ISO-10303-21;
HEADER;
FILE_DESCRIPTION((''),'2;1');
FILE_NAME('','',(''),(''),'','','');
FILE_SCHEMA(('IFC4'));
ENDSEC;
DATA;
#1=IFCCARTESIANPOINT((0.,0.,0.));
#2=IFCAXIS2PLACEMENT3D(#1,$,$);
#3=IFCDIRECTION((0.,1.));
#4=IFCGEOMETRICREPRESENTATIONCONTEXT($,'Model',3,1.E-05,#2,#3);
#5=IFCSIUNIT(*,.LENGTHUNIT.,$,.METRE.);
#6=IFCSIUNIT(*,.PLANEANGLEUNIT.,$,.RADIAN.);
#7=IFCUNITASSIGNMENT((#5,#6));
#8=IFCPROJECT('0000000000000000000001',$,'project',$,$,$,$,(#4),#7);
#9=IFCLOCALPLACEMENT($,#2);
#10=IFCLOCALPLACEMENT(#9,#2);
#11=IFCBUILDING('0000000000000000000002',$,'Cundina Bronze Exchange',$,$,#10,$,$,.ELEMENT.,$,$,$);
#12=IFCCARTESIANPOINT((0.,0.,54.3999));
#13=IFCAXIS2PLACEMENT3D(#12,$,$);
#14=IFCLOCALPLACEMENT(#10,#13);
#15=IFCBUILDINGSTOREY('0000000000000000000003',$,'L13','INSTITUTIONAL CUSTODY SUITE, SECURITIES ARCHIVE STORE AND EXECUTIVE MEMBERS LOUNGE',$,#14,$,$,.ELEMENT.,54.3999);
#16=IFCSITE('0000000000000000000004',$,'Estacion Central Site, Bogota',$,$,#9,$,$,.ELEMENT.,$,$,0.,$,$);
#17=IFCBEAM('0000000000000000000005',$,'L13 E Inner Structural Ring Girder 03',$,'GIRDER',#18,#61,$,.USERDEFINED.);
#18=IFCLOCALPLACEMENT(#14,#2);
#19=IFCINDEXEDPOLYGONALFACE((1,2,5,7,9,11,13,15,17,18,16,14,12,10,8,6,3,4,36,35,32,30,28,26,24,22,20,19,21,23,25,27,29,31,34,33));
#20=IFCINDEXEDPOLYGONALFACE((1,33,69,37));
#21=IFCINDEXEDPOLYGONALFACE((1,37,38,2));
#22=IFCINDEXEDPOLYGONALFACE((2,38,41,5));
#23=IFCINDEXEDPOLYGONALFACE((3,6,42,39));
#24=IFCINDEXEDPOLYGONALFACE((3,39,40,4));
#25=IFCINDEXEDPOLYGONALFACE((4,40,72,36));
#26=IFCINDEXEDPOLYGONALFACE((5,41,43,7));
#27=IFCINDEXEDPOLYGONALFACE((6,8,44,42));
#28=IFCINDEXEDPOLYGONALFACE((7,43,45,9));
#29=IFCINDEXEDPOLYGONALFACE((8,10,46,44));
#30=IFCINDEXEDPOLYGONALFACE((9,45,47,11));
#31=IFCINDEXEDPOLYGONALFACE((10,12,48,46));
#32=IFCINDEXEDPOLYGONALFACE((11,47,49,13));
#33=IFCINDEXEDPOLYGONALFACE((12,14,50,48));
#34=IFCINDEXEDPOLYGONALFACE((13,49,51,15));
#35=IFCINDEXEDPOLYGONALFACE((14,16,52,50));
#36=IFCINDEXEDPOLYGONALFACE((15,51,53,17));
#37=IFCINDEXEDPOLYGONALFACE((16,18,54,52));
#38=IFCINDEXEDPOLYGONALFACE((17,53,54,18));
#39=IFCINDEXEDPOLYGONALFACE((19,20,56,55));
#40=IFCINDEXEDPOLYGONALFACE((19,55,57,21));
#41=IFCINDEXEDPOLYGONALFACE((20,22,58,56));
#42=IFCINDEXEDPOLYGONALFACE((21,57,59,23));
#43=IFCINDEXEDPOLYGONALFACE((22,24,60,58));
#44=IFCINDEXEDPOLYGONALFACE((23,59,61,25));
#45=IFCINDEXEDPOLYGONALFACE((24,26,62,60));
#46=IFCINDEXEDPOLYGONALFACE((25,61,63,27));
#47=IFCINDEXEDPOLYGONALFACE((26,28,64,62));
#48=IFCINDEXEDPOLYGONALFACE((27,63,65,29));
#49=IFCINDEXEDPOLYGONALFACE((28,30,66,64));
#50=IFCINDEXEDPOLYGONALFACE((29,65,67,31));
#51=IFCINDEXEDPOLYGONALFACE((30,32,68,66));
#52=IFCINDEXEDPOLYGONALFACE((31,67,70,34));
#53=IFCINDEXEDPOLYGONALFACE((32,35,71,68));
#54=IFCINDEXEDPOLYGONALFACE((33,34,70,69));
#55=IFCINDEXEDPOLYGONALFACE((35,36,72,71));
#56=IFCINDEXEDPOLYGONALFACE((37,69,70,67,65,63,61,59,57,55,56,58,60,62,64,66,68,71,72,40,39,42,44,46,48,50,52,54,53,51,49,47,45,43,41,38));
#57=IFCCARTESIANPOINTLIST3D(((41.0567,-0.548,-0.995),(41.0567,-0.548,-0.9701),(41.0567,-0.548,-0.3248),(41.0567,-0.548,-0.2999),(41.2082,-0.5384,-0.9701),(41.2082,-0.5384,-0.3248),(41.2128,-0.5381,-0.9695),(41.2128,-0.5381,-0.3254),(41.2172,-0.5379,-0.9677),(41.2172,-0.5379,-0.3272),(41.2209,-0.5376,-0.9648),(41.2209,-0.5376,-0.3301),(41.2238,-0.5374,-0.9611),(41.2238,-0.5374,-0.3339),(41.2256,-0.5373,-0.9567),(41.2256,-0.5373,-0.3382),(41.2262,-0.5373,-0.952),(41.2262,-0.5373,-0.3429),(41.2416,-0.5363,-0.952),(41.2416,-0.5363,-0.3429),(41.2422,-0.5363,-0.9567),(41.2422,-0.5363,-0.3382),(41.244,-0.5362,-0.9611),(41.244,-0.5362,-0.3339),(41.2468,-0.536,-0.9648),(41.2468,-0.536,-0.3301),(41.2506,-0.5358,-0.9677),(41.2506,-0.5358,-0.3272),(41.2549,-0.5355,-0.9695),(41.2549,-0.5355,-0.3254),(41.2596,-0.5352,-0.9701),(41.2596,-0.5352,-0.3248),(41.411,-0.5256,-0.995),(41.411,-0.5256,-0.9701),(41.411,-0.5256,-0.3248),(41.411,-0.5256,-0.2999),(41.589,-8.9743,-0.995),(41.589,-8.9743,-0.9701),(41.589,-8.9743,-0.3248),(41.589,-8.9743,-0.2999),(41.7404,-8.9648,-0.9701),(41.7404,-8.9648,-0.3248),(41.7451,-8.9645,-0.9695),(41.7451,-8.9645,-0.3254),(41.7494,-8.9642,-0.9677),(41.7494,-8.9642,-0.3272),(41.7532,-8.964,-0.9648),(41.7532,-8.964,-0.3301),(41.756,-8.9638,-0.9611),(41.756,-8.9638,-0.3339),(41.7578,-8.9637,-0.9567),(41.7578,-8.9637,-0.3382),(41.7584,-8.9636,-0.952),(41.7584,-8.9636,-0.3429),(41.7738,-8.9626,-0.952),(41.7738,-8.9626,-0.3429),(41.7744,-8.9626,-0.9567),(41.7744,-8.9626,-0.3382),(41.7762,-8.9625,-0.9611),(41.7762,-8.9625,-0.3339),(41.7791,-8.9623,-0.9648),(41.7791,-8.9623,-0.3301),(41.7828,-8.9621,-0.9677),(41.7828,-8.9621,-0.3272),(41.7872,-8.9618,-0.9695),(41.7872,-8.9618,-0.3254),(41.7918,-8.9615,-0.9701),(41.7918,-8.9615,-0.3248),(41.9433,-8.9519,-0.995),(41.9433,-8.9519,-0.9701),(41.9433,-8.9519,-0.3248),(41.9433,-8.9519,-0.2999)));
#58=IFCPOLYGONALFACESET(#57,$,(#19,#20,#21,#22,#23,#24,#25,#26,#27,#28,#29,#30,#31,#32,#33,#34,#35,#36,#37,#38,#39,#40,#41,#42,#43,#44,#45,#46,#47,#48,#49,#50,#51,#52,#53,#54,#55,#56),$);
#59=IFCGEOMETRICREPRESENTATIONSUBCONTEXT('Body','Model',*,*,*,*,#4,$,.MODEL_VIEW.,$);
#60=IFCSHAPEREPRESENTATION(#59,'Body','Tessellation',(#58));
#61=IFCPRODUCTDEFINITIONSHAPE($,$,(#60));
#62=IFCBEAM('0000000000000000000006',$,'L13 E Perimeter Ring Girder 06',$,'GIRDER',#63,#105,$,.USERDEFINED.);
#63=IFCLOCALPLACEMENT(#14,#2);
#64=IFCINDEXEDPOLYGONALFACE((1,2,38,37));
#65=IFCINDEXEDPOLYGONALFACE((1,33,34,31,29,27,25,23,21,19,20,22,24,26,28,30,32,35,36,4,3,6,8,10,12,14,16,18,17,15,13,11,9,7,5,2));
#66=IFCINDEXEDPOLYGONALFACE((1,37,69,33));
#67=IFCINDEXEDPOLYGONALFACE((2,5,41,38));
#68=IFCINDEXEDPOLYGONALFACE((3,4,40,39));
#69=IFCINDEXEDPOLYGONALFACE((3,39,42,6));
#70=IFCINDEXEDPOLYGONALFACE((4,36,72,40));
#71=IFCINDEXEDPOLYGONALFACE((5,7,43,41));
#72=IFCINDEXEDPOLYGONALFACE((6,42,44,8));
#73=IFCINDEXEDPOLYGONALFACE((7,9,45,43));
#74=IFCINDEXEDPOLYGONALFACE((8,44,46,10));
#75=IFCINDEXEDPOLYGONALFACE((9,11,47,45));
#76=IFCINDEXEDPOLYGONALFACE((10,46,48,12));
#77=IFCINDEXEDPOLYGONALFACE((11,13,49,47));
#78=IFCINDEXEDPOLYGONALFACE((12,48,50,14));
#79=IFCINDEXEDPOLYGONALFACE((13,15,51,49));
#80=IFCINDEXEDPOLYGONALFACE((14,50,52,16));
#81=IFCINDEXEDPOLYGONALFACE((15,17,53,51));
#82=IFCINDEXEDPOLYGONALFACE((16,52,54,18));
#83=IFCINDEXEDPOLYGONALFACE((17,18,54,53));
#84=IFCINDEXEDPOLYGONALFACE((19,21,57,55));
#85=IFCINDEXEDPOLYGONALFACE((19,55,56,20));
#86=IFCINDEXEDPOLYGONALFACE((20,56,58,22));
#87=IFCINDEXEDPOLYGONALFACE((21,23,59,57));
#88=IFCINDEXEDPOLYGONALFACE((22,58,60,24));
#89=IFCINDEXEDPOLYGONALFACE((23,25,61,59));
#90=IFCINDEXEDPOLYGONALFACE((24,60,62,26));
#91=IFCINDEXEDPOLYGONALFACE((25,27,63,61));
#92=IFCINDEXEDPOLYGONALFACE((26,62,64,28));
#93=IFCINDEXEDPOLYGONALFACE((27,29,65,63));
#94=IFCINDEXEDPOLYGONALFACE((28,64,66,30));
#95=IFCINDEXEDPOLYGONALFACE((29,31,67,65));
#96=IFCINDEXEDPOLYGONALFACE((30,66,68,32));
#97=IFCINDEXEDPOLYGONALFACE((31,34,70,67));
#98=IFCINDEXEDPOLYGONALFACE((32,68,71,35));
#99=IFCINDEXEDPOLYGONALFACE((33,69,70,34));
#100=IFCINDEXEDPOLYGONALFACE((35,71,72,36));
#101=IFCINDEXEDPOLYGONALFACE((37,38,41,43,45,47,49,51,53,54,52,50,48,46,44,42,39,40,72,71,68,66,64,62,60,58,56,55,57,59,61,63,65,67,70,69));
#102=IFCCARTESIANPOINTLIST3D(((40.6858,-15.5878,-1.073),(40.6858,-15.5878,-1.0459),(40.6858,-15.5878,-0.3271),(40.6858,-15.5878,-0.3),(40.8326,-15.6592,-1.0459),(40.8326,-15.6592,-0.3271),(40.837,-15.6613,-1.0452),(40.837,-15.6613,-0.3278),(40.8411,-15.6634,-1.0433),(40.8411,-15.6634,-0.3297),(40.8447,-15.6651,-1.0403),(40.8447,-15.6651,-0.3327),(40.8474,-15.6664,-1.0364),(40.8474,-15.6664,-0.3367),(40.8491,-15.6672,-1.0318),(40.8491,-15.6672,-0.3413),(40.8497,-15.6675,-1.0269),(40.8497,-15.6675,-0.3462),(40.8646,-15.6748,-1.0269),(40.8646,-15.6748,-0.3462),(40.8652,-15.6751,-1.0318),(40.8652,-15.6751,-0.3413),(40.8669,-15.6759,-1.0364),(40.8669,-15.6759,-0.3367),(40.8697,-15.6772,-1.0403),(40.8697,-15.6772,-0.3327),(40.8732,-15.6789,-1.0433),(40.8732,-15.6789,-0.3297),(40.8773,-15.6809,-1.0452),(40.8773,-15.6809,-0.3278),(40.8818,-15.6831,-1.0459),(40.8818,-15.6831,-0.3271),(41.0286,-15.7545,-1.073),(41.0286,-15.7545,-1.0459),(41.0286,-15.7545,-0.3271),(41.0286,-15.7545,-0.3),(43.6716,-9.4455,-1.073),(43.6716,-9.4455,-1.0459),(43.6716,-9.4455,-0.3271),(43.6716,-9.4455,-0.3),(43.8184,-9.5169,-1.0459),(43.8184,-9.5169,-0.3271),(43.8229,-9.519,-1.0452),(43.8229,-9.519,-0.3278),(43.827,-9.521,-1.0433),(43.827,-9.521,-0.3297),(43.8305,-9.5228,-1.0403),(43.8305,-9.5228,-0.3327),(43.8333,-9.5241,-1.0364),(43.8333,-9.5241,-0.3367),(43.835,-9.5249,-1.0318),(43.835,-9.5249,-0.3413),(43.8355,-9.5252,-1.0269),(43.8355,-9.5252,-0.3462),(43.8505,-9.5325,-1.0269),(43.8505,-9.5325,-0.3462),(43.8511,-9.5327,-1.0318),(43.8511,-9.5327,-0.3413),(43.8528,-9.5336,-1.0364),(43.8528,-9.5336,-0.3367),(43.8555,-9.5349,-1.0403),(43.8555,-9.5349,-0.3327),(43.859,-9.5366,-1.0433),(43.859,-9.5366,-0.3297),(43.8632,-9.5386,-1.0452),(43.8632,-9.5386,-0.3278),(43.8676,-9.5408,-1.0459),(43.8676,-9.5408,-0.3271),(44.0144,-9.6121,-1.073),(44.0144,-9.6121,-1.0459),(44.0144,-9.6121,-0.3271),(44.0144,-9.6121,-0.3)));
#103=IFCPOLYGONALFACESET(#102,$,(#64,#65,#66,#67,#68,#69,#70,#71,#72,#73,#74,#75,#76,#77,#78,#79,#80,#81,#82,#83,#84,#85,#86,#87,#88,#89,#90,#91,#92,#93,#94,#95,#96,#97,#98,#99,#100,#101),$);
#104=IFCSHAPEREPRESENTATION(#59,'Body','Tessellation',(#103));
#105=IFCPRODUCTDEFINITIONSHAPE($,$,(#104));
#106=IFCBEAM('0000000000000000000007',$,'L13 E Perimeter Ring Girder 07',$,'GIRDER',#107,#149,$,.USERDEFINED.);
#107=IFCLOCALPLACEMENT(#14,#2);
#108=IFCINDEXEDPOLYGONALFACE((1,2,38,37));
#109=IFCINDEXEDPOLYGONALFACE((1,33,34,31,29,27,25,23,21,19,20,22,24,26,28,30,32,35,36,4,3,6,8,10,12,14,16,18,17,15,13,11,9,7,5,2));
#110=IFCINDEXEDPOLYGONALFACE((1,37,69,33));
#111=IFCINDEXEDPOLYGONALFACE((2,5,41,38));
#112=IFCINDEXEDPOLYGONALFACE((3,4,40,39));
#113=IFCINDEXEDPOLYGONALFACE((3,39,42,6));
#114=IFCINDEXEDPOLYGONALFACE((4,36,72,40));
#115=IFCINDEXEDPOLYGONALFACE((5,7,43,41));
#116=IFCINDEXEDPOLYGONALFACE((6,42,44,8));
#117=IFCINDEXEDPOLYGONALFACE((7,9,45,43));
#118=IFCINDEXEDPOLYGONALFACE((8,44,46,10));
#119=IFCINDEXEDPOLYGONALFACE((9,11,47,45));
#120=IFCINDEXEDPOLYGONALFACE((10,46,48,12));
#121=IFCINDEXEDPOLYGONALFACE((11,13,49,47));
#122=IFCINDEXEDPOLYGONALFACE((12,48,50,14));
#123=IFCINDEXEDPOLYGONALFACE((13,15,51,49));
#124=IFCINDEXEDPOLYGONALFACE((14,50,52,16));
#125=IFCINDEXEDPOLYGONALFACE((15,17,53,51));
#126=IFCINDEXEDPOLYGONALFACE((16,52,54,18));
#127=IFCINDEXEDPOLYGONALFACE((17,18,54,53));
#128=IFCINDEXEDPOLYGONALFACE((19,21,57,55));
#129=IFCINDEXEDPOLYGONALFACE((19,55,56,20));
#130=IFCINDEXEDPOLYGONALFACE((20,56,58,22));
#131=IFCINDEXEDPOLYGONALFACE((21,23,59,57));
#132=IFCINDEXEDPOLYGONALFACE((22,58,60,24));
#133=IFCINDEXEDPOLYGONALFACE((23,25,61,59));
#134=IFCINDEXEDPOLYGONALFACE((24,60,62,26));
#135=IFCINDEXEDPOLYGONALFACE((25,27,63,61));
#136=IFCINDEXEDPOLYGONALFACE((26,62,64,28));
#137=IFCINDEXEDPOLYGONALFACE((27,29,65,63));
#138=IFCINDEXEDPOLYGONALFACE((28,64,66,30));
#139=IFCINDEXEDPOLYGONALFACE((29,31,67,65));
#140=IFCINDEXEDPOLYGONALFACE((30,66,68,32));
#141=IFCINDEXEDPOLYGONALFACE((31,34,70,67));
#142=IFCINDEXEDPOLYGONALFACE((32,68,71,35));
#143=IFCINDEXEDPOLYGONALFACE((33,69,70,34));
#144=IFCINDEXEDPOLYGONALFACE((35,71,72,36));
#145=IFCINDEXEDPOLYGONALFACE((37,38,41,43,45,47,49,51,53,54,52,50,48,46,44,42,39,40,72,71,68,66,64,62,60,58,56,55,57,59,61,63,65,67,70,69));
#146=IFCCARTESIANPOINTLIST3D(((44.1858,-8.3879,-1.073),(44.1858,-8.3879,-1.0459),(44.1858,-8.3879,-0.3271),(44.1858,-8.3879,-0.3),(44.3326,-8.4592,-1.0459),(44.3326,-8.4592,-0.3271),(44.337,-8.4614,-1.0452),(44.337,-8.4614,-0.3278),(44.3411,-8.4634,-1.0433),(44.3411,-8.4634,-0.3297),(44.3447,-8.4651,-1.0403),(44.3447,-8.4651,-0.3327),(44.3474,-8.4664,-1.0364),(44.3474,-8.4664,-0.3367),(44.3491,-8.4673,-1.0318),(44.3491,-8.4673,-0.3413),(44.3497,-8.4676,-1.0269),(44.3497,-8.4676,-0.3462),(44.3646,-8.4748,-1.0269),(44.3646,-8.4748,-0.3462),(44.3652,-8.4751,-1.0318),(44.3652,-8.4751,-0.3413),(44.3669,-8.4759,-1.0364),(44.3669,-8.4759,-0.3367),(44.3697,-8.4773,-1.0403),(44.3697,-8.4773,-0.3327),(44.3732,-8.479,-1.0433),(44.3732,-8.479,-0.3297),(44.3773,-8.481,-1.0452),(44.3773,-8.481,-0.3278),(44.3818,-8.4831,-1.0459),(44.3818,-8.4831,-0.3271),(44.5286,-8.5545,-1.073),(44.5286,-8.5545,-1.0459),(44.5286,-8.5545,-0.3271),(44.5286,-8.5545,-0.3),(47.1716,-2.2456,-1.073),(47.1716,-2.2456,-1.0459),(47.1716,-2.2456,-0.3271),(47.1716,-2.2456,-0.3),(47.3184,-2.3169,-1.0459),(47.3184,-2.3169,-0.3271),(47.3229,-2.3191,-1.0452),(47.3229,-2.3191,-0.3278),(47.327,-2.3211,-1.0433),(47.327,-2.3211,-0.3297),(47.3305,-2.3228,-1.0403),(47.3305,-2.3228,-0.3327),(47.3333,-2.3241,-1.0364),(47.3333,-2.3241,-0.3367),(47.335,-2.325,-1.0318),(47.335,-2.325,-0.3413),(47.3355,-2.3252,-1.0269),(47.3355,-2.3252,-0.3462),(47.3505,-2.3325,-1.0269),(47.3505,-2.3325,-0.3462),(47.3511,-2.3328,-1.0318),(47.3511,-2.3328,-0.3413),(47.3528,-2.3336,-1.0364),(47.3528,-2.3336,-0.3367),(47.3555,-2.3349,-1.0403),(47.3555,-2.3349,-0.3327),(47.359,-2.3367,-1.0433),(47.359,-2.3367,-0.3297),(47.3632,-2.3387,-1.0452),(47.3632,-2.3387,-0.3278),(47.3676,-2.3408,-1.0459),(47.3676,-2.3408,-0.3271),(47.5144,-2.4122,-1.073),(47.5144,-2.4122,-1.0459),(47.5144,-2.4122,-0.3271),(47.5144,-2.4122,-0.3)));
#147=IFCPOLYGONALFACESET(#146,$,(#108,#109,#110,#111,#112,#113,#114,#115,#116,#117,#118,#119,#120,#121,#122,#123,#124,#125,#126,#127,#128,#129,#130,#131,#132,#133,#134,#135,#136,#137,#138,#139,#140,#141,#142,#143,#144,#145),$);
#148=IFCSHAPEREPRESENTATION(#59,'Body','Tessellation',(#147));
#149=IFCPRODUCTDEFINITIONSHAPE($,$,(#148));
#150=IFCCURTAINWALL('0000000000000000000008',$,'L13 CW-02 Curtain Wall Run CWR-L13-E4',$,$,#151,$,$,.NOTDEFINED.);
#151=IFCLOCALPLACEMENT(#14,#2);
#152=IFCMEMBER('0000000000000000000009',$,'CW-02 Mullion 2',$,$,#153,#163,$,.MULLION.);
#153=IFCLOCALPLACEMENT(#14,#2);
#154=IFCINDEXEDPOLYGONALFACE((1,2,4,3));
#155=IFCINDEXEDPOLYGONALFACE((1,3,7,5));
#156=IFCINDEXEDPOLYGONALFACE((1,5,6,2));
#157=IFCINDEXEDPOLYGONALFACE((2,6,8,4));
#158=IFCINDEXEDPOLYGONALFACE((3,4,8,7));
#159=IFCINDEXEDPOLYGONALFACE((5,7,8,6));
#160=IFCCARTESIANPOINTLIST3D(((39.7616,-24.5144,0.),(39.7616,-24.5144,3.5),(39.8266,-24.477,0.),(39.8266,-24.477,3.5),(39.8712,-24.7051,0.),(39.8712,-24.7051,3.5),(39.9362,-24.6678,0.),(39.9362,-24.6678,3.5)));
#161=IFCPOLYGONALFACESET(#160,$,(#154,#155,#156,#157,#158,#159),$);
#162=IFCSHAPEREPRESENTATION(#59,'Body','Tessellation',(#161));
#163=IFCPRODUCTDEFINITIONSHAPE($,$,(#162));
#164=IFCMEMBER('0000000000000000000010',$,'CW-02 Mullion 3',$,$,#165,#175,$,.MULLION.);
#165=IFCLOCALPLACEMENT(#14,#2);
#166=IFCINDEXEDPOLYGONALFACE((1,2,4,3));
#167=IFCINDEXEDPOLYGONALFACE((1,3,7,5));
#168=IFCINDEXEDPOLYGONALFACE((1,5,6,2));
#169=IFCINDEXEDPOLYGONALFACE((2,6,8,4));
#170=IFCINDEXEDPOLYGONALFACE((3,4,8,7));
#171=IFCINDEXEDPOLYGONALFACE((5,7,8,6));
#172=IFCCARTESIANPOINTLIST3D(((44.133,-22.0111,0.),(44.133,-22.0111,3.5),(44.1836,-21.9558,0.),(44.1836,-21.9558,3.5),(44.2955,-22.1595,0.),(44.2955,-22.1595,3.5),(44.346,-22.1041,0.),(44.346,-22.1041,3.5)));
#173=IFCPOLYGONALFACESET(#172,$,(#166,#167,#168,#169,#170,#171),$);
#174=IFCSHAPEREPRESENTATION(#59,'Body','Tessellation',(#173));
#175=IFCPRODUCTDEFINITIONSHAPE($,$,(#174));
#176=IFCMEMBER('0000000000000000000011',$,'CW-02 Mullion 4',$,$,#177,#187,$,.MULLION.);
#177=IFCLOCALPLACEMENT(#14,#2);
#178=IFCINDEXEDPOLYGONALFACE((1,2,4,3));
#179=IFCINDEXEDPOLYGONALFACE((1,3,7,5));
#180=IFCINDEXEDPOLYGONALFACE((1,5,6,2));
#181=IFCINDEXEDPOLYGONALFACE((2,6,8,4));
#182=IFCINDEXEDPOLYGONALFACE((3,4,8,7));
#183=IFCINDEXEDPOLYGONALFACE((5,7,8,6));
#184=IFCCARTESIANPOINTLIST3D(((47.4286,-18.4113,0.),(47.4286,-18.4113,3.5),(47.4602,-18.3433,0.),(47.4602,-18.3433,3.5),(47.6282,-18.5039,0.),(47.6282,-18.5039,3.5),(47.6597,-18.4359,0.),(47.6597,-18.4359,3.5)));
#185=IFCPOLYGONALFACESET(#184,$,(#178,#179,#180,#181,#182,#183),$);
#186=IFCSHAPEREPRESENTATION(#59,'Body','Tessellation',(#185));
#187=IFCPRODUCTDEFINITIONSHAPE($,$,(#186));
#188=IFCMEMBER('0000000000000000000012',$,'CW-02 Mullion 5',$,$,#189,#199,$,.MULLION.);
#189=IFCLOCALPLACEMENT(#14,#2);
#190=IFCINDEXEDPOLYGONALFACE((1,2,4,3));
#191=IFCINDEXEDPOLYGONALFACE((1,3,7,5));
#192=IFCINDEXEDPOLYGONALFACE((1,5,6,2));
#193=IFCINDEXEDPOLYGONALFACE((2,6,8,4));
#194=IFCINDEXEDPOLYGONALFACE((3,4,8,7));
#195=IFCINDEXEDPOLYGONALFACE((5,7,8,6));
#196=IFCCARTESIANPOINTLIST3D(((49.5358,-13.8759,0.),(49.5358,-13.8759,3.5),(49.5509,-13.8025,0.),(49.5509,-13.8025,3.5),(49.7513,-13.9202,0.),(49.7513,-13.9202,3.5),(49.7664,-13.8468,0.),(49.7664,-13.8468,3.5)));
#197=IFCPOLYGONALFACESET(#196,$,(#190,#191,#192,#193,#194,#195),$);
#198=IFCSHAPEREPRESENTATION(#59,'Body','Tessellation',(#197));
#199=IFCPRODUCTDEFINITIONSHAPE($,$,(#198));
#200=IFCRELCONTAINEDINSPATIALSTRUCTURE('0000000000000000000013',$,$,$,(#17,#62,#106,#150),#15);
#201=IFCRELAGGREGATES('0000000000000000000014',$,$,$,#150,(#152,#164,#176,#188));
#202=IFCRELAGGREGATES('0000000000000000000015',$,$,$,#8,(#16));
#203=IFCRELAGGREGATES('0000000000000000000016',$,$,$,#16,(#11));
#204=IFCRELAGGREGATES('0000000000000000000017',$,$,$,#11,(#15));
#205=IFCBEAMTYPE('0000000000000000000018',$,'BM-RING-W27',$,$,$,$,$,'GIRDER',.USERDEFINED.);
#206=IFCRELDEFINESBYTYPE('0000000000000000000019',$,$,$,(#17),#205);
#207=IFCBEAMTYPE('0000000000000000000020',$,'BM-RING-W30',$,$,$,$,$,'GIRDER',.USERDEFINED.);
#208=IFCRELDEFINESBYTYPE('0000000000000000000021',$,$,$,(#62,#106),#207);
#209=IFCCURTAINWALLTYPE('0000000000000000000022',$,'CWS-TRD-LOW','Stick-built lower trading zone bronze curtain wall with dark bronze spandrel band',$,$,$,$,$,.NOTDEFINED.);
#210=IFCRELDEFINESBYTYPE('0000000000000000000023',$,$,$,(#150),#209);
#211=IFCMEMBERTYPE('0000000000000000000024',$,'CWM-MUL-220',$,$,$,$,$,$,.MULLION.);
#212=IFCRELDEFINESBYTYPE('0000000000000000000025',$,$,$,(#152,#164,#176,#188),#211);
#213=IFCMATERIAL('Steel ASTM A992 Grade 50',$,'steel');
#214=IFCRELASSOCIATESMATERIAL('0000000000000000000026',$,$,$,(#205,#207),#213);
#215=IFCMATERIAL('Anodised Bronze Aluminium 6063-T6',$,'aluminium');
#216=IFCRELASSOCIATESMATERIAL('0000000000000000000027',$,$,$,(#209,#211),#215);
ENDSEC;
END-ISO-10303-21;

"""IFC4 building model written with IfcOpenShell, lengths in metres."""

from ifc_helpers import new_model, si_unit, direction, frame, origin, origin_2d, place, context, subcontext, project, spatial, rectangle, i_section, extrude, material, material_profile, profile_set, type_object, element, aggregate, save


model = new_model("IFC4")

# Units and contexts
model_context = context("Model", 3, precision=1e-05, world=origin(), true_north=direction((0.0, 1.0)))
body_context = subcontext(model_context, "Body", "Model", "MODEL_VIEW")
ifc_project = project(units=[si_unit("LENGTHUNIT", "METRE"), si_unit("PLANEANGLEUNIT", "RADIAN")], contexts=[model_context])

# Site, building, storey
site_placement = place(None, origin())
site = spatial("IfcSite", under=ifc_project, at=site_placement, Name="Estacion Central Site, Bogota", CompositionType="ELEMENT", RefElevation=0.0)
building_placement = place(site_placement, origin())
building = spatial("IfcBuilding", under=site, at=building_placement, Name="Cundina Bronze Exchange", CompositionType="ELEMENT")
storey_placement = place(building_placement, frame((0.0, 0.0, 54.3999)))
storey = spatial("IfcBuildingStorey", under=building, at=storey_placement, Name="L13", Description="INSTITUTIONAL CUSTODY SUITE, SECURITIES ARCHIVE STORE AND EXECUTIVE MEMBERS LOUNGE", CompositionType="ELEMENT", Elevation=54.3999)

# Beams
ifc_material_1 = material(Name="Steel ASTM A992 Grade 50", Category="steel")
ifc_material_profile_1 = material_profile(ifc_material_1, i_section(OverallWidth=0.355, OverallDepth=0.6951, WebThickness=0.0154, FlangeThickness=0.0249, FilletRadius=0.0181, at=origin_2d()), Name="W27X146", Category="steel")
ifc_profile_set_1 = profile_set([ifc_material_profile_1], Name="Steel ASTM A992 Grade 50")
beam_type_1 = type_object("IfcBeamType", Name="BM-RING-W27", ElementType="GIRDER", PredefinedType="USERDEFINED", material=ifc_profile_set_1)
beam_1_placement = place(storey_placement, frame((41.7661, -8.9631, -0.6475), z_axis=(-0.063037, 0.998011, 0.0), x_axis=(-0.998011, -0.063037, 0.0)))
element("IfcBeam", 1, at=beam_1_placement, inside=storey, type_object=beam_type_1, Name="L13 E Inner Structural Ring Girder 03", ObjectType="GIRDER", PredefinedType="USERDEFINED", context=body_context, shape_type="SweptSolid", body=[
    extrude(i_section(OverallWidth=0.355, OverallDepth=0.6951, WebThickness=0.0154, FlangeThickness=0.0249, FilletRadius=0.0181, at=origin_2d()), origin(), (0.0, 0.0, 1.0), 8.4431),
])
ifc_material_profile_2 = material_profile(ifc_material_1, i_section(OverallWidth=0.3811, OverallDepth=0.7729, WebThickness=0.0166, FlangeThickness=0.0271, FilletRadius=0.019, at=origin_2d()), Name="W30X173", Category="steel")
ifc_profile_set_2 = profile_set([ifc_material_profile_2], Name="Steel ASTM A992 Grade 50")
beam_type_2 = type_object("IfcBeamType", Name="BM-RING-W30", ElementType="GIRDER", PredefinedType="USERDEFINED", material=ifc_profile_set_2)
for number, where, z_axis, x_axis, name in (
    (2, (40.8572, -15.6711, -0.6865), (0.437191, 0.899369, 0.0), (-0.899369, 0.437191, 0.0), "L13 E Perimeter Ring Girder 06"),
    (3, (44.3572, -8.4712, -0.6865), (0.437191, 0.899369, 0.0), (-0.899369, 0.437191, 0.0), "L13 E Perimeter Ring Girder 07"),
):
    element("IfcBeam", number, at=place(storey_placement, frame(where, z_axis=z_axis, x_axis=x_axis)), inside=storey, type_object=beam_type_2, Name=name, ObjectType="GIRDER", PredefinedType="USERDEFINED", context=body_context, shape_type="SweptSolid", body=[
        extrude(i_section(OverallWidth=0.3811, OverallDepth=0.7729, WebThickness=0.0166, FlangeThickness=0.0271, FilletRadius=0.019, at=origin_2d()), origin(), (0.0, 0.0, 1.0), 6.8296),
    ])

# Curtain wall, members
ifc_material_2 = material(Name="Anodised Bronze Aluminium 6063-T6", Category="aluminium")
curtain_wall_type = type_object("IfcCurtainWallType", Name="CWS-TRD-LOW", Description="Stick-built lower trading zone bronze curtain wall with dark bronze spandrel band", PredefinedType="NOTDEFINED", material=ifc_material_2)
curtain_wall_placement = place(storey_placement, origin())
curtain_wall = element("IfcCurtainWall", 4, at=curtain_wall_placement, inside=storey, type_object=curtain_wall_type, Name="L13 CW-02 Curtain Wall Run CWR-L13-E4", PredefinedType="NOTDEFINED")
ifc_material_profile_3 = material_profile(ifc_material_2, rectangle(XDim=0.075, YDim=0.22, at=origin_2d()), Name="AL75X220", Category="aluminium")
ifc_profile_set_3 = profile_set([ifc_material_profile_3], Name="Anodised Bronze Aluminium 6063-T6")
member_type_1 = type_object("IfcMemberType", Name="CWM-MUL-220", PredefinedType="MULLION", material=ifc_profile_set_3)
member_1_placement = place(storey_placement, frame((39.8489, -24.5911, 0.0), z_axis=(0.0, 0.0, 1.0), x_axis=(0.867071, 0.498185, 0.0)))
member_1 = element("IfcMember", 5, at=member_1_placement, type_object=member_type_1, Name="CW-02 Mullion 2", PredefinedType="MULLION", context=body_context, shape_type="SweptSolid", body=[
    extrude(rectangle(XDim=0.075, YDim=0.22, at=origin_2d()), origin(), (0.0, 0.0, 1.0), 3.5),
])
member_2_placement = place(storey_placement, frame((44.2395, -22.0576, 0.0), z_axis=(0.0, 0.0, 1.0), x_axis=(0.674302, 0.738455, 0.0)))
member_2 = element("IfcMember", 6, at=member_2_placement, type_object=member_type_1, Name="CW-02 Mullion 3", PredefinedType="MULLION", context=body_context, shape_type="SweptSolid", body=[
    extrude(rectangle(XDim=0.075, YDim=0.22, at=origin_2d()), origin(), (0.0, 0.0, 1.0), 3.5),
])
member_3_placement = place(storey_placement, frame((47.5442, -18.4236, 0.0), z_axis=(0.0, 0.0, 1.0), x_axis=(0.420877, 0.907117, 0.0)))
member_3 = element("IfcMember", 7, at=member_3_placement, type_object=member_type_1, Name="CW-02 Mullion 4", PredefinedType="MULLION", context=body_context, shape_type="SweptSolid", body=[
    extrude(rectangle(XDim=0.075, YDim=0.22, at=origin_2d()), origin(), (0.0, 0.0, 1.0), 3.5),
])
member_4_placement = place(storey_placement, frame((49.6511, -13.8613, 0.0), z_axis=(0.0, 0.0, 1.0), x_axis=(0.20142, 0.979505, 0.0)))
member_4 = element("IfcMember", 8, at=member_4_placement, type_object=member_type_1, Name="CW-02 Mullion 5", PredefinedType="MULLION", context=body_context, shape_type="SweptSolid", body=[
    extrude(rectangle(XDim=0.075, YDim=0.22, at=origin_2d()), origin(), (0.0, 0.0, 1.0), 3.5),
])
aggregate(curtain_wall, [member_1, member_2, member_3, member_4])

save(model, "model.ifc")
